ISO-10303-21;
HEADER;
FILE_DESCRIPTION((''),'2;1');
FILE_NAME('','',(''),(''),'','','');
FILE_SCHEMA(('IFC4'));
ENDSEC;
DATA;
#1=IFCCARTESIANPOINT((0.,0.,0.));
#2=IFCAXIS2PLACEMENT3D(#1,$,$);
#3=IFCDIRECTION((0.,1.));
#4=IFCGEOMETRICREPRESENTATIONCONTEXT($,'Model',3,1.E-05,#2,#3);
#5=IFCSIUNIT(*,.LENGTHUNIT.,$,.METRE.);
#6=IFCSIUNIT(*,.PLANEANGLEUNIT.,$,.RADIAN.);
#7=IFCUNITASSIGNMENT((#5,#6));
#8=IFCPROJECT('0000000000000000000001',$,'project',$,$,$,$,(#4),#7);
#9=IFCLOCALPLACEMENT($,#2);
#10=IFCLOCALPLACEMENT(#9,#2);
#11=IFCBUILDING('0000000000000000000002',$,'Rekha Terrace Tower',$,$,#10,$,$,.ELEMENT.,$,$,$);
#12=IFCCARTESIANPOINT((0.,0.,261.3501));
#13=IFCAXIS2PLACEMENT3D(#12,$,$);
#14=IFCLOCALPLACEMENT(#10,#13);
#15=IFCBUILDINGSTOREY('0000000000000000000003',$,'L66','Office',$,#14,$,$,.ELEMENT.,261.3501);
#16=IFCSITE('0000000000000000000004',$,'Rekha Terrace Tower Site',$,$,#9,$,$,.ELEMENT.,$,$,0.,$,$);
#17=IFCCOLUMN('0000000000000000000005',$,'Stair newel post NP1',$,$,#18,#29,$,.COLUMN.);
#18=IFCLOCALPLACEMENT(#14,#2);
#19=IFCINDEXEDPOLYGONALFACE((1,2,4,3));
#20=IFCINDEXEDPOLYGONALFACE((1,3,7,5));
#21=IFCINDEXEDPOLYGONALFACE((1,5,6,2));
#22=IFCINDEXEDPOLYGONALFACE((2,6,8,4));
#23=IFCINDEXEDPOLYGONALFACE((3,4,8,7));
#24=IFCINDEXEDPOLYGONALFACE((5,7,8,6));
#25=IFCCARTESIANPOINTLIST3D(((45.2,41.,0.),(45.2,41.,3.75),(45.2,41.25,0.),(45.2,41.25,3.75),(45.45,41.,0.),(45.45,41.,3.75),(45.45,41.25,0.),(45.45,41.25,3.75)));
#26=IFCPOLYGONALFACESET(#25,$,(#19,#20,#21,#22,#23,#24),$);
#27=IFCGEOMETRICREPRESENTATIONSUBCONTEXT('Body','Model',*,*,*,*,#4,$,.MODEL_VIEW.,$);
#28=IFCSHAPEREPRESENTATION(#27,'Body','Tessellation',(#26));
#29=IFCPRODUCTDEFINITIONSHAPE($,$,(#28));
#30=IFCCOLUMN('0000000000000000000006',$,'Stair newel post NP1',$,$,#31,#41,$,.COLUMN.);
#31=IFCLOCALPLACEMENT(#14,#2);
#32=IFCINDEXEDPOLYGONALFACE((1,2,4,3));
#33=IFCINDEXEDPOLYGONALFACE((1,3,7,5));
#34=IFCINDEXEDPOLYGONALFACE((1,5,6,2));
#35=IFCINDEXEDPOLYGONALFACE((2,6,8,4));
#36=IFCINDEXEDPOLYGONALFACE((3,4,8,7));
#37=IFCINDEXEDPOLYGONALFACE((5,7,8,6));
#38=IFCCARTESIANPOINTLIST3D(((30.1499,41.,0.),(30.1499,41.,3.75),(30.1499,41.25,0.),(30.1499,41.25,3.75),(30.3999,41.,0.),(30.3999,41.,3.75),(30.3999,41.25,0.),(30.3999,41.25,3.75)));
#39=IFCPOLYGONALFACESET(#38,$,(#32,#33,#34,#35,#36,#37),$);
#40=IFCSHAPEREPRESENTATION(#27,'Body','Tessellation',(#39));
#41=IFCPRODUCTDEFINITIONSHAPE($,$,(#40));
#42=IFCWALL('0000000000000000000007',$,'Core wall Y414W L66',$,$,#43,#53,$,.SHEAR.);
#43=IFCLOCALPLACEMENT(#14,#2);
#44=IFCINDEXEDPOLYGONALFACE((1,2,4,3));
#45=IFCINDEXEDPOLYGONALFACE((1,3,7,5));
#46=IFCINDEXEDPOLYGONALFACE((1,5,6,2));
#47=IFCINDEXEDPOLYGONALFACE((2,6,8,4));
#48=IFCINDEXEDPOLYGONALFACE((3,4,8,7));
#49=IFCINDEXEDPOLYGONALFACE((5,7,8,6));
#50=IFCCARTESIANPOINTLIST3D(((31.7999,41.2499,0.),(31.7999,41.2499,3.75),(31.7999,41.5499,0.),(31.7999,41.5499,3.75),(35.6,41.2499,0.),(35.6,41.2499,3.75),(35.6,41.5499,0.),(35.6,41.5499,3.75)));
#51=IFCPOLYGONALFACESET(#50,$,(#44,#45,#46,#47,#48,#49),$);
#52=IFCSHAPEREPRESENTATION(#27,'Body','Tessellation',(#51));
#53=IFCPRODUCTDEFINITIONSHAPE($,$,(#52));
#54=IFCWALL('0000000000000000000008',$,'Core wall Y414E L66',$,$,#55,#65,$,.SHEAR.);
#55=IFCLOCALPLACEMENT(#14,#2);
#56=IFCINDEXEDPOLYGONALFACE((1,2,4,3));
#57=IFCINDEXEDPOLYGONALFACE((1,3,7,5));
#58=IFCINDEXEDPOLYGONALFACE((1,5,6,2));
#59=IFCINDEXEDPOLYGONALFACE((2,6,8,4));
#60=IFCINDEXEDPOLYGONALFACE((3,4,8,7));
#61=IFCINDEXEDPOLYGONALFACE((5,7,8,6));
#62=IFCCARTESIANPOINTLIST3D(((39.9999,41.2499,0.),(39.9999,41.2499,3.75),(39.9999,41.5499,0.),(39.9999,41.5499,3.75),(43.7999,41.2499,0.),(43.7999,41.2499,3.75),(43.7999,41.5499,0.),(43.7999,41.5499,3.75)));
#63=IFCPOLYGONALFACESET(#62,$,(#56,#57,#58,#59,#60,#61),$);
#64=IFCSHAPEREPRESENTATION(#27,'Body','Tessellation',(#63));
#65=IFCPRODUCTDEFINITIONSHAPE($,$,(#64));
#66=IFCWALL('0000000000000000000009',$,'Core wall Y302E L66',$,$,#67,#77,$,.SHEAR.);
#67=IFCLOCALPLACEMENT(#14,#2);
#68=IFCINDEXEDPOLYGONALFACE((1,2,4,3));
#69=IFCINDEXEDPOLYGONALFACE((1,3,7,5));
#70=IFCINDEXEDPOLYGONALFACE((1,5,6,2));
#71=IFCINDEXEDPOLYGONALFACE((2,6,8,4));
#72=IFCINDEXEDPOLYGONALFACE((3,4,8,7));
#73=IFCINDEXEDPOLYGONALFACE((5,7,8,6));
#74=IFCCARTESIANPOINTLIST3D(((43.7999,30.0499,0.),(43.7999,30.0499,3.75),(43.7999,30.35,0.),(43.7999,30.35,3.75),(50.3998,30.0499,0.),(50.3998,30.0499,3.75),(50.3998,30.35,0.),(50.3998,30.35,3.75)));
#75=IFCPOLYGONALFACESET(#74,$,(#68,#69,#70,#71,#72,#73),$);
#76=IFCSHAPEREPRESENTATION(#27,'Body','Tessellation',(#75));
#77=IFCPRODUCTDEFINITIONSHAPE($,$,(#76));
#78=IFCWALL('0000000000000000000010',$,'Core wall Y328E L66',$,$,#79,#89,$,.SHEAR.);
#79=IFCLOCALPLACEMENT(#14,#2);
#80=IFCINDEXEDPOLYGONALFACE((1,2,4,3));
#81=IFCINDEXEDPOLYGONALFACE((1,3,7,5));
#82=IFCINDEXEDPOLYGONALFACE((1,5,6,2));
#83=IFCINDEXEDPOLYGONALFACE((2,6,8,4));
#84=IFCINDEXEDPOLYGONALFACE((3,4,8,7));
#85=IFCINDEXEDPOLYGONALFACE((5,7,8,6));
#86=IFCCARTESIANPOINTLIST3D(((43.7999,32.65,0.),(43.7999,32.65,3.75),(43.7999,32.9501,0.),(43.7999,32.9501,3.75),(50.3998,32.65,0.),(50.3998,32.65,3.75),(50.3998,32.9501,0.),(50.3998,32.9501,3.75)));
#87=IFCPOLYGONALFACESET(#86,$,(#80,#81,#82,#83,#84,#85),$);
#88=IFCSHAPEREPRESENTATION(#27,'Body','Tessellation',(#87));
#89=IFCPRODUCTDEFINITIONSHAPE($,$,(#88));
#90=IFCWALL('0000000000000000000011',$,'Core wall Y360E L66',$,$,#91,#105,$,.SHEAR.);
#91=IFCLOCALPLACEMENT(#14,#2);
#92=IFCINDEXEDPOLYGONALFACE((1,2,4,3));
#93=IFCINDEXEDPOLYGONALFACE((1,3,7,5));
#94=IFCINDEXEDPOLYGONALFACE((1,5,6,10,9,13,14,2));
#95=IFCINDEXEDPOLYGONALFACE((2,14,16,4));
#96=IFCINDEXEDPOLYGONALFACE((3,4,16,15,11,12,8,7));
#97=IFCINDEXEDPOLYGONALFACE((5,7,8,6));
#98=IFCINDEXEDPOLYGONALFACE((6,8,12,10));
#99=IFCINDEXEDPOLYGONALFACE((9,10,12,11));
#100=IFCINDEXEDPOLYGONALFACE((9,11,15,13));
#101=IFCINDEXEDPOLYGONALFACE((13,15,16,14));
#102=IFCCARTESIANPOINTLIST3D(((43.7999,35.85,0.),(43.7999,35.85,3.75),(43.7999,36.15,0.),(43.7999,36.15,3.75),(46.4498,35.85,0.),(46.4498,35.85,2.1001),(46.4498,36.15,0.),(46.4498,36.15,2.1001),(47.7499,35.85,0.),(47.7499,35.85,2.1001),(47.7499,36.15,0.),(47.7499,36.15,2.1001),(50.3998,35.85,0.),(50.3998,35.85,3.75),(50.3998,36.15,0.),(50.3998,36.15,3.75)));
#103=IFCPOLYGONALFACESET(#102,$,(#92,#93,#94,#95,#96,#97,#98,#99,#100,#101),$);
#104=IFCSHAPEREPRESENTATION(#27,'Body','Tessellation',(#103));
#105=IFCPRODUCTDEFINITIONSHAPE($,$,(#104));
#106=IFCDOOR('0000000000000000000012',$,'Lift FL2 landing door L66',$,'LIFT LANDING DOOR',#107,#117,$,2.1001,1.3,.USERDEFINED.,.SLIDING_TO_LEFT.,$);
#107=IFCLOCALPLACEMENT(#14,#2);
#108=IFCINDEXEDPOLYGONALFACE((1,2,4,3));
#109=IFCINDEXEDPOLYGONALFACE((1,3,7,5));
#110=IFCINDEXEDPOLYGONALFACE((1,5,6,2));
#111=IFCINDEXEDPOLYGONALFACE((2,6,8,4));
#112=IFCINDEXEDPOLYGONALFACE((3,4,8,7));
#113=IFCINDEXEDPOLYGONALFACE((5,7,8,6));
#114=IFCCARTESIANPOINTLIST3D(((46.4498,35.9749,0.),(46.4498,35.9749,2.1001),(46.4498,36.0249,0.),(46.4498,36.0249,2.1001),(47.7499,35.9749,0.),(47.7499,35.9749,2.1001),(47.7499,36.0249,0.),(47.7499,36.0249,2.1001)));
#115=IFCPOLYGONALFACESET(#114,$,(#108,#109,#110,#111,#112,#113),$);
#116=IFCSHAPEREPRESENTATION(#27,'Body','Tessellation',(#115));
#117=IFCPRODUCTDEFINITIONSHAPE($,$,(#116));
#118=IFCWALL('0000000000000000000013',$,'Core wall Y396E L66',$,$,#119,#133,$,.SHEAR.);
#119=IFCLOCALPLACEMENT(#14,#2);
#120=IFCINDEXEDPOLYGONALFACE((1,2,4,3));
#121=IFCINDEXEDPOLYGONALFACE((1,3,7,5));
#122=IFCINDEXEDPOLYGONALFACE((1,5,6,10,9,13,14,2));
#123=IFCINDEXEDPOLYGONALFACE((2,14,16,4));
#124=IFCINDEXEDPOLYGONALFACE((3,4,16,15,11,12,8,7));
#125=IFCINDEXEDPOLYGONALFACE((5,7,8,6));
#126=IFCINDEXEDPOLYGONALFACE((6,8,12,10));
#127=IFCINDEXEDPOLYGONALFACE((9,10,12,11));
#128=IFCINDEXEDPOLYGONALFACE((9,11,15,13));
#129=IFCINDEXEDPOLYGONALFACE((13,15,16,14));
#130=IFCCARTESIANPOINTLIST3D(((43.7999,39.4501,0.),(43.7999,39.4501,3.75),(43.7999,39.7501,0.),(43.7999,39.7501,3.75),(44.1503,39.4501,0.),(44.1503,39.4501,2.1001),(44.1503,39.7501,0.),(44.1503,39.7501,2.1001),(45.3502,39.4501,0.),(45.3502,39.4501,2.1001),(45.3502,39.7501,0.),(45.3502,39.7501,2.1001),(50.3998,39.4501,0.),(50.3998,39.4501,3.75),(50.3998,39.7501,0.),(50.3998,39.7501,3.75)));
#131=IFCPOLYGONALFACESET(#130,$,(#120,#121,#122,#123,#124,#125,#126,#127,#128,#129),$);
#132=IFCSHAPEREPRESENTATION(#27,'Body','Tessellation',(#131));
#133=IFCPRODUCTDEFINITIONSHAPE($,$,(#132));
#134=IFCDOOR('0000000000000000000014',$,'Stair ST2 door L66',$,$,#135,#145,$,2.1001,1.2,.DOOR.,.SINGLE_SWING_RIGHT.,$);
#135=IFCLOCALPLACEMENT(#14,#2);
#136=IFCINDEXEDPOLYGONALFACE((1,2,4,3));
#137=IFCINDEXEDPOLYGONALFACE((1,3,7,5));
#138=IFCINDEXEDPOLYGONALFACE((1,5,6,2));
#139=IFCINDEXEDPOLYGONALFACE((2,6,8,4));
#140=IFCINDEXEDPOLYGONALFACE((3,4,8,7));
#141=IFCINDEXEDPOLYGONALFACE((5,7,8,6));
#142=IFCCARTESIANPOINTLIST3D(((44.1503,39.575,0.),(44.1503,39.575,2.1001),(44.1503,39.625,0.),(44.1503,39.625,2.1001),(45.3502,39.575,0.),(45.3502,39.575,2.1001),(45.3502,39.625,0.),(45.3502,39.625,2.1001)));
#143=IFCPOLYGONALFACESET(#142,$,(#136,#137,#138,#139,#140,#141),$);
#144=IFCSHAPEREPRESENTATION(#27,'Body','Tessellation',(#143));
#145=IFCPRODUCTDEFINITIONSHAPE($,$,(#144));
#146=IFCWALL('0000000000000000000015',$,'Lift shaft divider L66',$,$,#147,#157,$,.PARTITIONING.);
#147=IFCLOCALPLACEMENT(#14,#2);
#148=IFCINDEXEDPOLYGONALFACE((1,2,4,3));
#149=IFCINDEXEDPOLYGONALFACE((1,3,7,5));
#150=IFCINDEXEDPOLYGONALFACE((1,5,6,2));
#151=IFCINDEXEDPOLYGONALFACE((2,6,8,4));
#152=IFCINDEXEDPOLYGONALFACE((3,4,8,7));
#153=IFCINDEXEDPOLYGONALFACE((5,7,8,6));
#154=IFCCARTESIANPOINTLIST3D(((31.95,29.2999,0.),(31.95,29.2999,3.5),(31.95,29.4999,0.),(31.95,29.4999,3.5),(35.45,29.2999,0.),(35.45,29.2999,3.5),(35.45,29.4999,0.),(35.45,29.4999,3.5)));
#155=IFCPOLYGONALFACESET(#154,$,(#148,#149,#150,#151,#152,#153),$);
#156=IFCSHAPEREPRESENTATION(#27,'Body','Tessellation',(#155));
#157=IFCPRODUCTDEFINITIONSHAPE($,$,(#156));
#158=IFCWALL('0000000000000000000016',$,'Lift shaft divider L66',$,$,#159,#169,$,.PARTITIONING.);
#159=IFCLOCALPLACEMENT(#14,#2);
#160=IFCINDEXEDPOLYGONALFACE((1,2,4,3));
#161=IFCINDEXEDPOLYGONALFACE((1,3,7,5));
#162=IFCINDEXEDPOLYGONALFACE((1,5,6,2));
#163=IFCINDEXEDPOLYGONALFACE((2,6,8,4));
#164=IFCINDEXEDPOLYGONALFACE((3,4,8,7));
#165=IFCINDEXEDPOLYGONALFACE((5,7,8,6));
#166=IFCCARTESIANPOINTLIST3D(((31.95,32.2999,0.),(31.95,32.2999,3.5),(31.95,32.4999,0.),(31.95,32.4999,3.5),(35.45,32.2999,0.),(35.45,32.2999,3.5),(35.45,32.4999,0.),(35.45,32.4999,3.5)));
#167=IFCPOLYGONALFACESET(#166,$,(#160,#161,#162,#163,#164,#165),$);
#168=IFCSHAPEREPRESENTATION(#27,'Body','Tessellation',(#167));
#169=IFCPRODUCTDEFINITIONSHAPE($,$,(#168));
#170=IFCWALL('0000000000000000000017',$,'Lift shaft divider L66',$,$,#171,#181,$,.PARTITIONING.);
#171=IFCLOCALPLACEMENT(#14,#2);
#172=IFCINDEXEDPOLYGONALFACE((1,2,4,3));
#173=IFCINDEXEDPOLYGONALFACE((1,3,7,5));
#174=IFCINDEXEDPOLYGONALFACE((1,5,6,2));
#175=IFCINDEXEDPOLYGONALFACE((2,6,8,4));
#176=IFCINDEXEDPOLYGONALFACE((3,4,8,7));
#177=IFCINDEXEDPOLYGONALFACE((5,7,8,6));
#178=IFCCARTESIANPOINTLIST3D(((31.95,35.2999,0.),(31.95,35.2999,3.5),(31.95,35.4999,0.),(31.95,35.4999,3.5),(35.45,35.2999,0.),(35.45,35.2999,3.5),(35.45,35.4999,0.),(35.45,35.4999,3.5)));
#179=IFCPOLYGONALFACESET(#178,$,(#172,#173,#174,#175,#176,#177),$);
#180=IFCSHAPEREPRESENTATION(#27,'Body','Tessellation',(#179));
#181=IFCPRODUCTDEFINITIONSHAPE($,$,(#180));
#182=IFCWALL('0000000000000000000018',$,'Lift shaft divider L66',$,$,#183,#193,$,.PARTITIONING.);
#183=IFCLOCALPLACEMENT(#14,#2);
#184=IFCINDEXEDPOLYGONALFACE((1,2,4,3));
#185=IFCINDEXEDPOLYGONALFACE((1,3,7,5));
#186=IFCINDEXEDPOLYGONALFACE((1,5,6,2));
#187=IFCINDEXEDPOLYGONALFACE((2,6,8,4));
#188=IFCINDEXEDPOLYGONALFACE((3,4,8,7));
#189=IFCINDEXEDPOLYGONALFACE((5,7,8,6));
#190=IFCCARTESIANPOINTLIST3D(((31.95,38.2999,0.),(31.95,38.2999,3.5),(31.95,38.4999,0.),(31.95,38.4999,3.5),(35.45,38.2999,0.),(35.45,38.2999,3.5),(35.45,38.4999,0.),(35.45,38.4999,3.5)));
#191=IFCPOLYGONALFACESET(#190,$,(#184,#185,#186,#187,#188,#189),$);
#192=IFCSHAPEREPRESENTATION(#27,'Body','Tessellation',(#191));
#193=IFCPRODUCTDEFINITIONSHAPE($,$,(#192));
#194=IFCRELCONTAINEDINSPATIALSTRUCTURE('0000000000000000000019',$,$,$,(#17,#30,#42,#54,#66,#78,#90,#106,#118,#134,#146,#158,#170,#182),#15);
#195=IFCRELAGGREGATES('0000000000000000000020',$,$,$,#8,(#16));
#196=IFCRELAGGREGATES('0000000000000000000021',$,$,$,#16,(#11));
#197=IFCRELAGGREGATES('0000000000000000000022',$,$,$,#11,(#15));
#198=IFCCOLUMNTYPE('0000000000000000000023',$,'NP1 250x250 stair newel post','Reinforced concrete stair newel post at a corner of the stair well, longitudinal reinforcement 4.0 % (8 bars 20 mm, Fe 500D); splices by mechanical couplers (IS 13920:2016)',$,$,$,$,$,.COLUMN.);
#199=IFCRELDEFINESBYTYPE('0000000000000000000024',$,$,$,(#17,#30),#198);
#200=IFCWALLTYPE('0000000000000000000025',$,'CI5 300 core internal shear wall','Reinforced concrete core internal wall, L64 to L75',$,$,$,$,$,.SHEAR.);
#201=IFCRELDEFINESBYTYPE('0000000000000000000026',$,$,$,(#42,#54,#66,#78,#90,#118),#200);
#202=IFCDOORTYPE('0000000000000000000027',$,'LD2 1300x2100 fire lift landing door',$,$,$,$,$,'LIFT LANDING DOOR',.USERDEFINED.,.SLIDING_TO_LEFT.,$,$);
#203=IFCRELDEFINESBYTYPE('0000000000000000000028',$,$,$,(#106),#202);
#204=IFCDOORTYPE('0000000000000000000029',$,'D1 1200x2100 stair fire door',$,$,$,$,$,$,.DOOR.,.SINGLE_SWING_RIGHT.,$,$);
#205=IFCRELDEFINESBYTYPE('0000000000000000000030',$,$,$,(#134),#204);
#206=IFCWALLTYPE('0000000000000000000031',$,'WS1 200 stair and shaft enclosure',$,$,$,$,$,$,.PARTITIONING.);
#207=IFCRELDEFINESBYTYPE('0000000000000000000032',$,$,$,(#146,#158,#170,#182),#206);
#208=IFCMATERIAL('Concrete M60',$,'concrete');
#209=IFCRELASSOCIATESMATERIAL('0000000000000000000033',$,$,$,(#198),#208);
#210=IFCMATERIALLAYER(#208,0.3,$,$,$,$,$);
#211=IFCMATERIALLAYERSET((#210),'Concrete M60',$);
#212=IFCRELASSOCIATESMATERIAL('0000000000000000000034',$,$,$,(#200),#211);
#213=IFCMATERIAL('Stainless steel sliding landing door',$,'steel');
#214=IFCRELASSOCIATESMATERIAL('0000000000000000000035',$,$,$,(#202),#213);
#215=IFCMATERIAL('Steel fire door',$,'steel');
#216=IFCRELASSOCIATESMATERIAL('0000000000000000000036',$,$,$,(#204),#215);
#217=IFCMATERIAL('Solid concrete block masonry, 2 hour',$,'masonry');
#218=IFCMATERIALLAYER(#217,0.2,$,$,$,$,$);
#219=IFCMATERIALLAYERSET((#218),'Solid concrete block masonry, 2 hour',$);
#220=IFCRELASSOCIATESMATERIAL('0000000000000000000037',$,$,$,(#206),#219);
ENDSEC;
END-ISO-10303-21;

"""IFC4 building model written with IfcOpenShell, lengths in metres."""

from ifc_helpers import new_model, si_unit, direction, frame, frame_2d, origin, origin_2d, place, context, subcontext, project, spatial, rectangle, extrude, material, layer, layer_set, material_profile, profile_set, type_object, element, fill, save


model = new_model("IFC4")

# Units and contexts
model_context = context("Model", 3, precision=1e-05, world=origin(), true_north=direction((0.0, 1.0)))
body_context = subcontext(model_context, "Body", "Model", "MODEL_VIEW")
ifc_project = project(units=[si_unit("LENGTHUNIT", "METRE"), si_unit("PLANEANGLEUNIT", "RADIAN")], contexts=[model_context])

# Site, building, storey
site_placement = place(None, origin())
site = spatial("IfcSite", under=ifc_project, at=site_placement, Name="Rekha Terrace Tower Site", CompositionType="ELEMENT", RefElevation=0.0)
building_placement = place(site_placement, origin())
building = spatial("IfcBuilding", under=site, at=building_placement, Name="Rekha Terrace Tower", CompositionType="ELEMENT")
storey_placement = place(building_placement, frame((0.0, 0.0, 261.3501)))
storey = spatial("IfcBuildingStorey", under=building, at=storey_placement, Name="L66", Description="Office", CompositionType="ELEMENT", Elevation=261.3501)

# Columns
ifc_material_1 = material(Name="Concrete M60", Category="concrete")
ifc_material_profile = material_profile(ifc_material_1, rectangle(XDim=0.25, YDim=0.25, at=origin_2d()), Name="RC 250x250")
ifc_profile_set = profile_set([ifc_material_profile], Name="Concrete M60")
column_type = type_object("IfcColumnType", Name="NP1 250x250 stair newel post", Description="Reinforced concrete stair newel post at a corner of the stair well, longitudinal reinforcement 4.0 % (8 bars 20 mm, Fe 500D); splices by mechanical couplers (IS 13920:2016)", PredefinedType="COLUMN", material=ifc_profile_set)
for number, where, z_axis, x_axis, name in (
    (1, (45.325, 41.125, 0.0), (0.0, 0.0, 1.0), (1.0, 0.0, 0.0), "Stair newel post NP1"),
    (2, (30.2749, 41.125, 0.0), (0.0, 0.0, 1.0), (1.0, 0.0, 0.0), "Stair newel post NP1"),
):
    element("IfcColumn", number, at=place(storey_placement, frame(where, z_axis=z_axis, x_axis=x_axis)), inside=storey, type_object=column_type, Name=name, PredefinedType="COLUMN", context=body_context, shape_type="SweptSolid", body=[
        extrude(rectangle(XDim=0.25, YDim=0.25, at=origin_2d()), origin(), (0.0, 0.0, 1.0), 3.75),
    ])

# Walls
ifc_layer_1 = layer(ifc_material_1, 0.3)
ifc_layer_set_1 = layer_set([ifc_layer_1], Name="Concrete M60")
wall_type_1 = type_object("IfcWallType", Name="CI5 300 core internal shear wall", Description="Reinforced concrete core internal wall, L64 to L75", PredefinedType="SHEAR", material=ifc_layer_set_1)
for number, where, z_axis, x_axis, name in (
    (3, (31.8, 41.3999, 0.0), (0.0, 0.0, 1.0), (1.0, 0.0, 0.0), "Core wall Y414W L66"),
    (4, (40.0, 41.3999, 0.0), (0.0, 0.0, 1.0), (1.0, 0.0, 0.0), "Core wall Y414E L66"),
):
    element("IfcWall", number, at=place(storey_placement, frame(where, z_axis=z_axis, x_axis=x_axis)), inside=storey, type_object=wall_type_1, Name=name, PredefinedType="SHEAR", context=body_context, shape_type="SweptSolid", body=[
        extrude(rectangle(XDim=3.8, YDim=0.3, at=frame_2d((1.8999, 0.0))), origin(), (0.0, 0.0, 1.0), 3.75),
    ])
for number, where, z_axis, x_axis, name in (
    (5, (43.8, 30.2, 0.0), (0.0, 0.0, 1.0), (1.0, 0.0, 0.0), "Core wall Y302E L66"),
    (6, (43.8, 32.8, 0.0), (0.0, 0.0, 1.0), (1.0, 0.0, 0.0), "Core wall Y328E L66"),
):
    element("IfcWall", number, at=place(storey_placement, frame(where, z_axis=z_axis, x_axis=x_axis)), inside=storey, type_object=wall_type_1, Name=name, PredefinedType="SHEAR", context=body_context, shape_type="SweptSolid", body=[
        extrude(rectangle(XDim=6.5999, YDim=0.3, at=frame_2d((3.2998, 0.0))), origin(), (0.0, 0.0, 1.0), 3.75),
    ])

# Walls, openings, doors
wall_1_placement = place(storey_placement, frame((43.8, 36.0, 0.0), z_axis=(0.0, 0.0, 1.0), x_axis=(1.0, 0.0, 0.0)))
wall_1 = element("IfcWall", 7, at=wall_1_placement, inside=storey, type_object=wall_type_1, Name="Core wall Y360E L66", PredefinedType="SHEAR", context=body_context, shape_type="SweptSolid", body=[
    extrude(rectangle(XDim=6.5999, YDim=0.3, at=frame_2d((3.2998, 0.0))), origin(), (0.0, 0.0, 1.0), 3.75),
])
opening_1_placement = place(wall_1_placement, frame((2.6499, 0.0, 0.0)))
opening_1 = element("IfcOpeningElement", 8, at=opening_1_placement, cuts=wall_1, PredefinedType="OPENING", context=body_context, shape_type="SweptSolid", body=[
    extrude(rectangle(XDim=1.3, YDim=2.1001, at=frame_2d((0.6499, 1.05))), frame((0.0, 0.1599, 0.0), z_axis=(0.0, -1.0, 0.0), x_axis=(1.0, 0.0, 0.0)), (0.0, 0.0, 1.0), 0.3201),
])
ifc_material_2 = material(Name="Stainless steel sliding landing door", Category="steel")
door_type_1 = type_object("IfcDoorType", Name="LD2 1300x2100 fire lift landing door", ElementType="LIFT LANDING DOOR", OperationType="SLIDING_TO_LEFT", PredefinedType="USERDEFINED", material=ifc_material_2)
door_1_placement = place(opening_1_placement, origin())
door_1 = element("IfcDoor", 9, at=door_1_placement, inside=storey, type_object=door_type_1, Name="Lift FL2 landing door L66", ObjectType="LIFT LANDING DOOR", OperationType="SLIDING_TO_LEFT", OverallHeight=2.1001, OverallWidth=1.3, PredefinedType="USERDEFINED", context=body_context, shape_type="SweptSolid", body=[
    extrude(rectangle(XDim=1.3, YDim=2.1001, at=frame_2d((0.6499, 1.05))), frame((0.0, 0.0249, 0.0), z_axis=(0.0, -1.0, 0.0), x_axis=(1.0, 0.0, 0.0)), (0.0, 0.0, 1.0), 0.05),
])
fill(opening_1, door_1)
wall_2_placement = place(storey_placement, frame((43.8, 39.6001, 0.0), z_axis=(0.0, 0.0, 1.0), x_axis=(1.0, 0.0, 0.0)))
wall_2 = element("IfcWall", 10, at=wall_2_placement, inside=storey, type_object=wall_type_1, Name="Core wall Y396E L66", PredefinedType="SHEAR", context=body_context, shape_type="SweptSolid", body=[
    extrude(rectangle(XDim=6.5999, YDim=0.3, at=frame_2d((3.2998, 0.0))), origin(), (0.0, 0.0, 1.0), 3.75),
])
opening_2_placement = place(wall_2_placement, frame((0.3501, 0.0, 0.0)))
opening_2 = element("IfcOpeningElement", 11, at=opening_2_placement, cuts=wall_2, PredefinedType="OPENING", context=body_context, shape_type="SweptSolid", body=[
    extrude(rectangle(XDim=1.2, YDim=2.1001, at=frame_2d((0.6001, 1.05))), frame((0.0, 0.1599, 0.0), z_axis=(0.0, -1.0, 0.0), x_axis=(1.0, 0.0, 0.0)), (0.0, 0.0, 1.0), 0.3201),
])
ifc_material_3 = material(Name="Steel fire door", Category="steel")
door_type_2 = type_object("IfcDoorType", Name="D1 1200x2100 stair fire door", OperationType="SINGLE_SWING_RIGHT", PredefinedType="DOOR", material=ifc_material_3)
door_2_placement = place(opening_2_placement, origin())
door_2 = element("IfcDoor", 12, at=door_2_placement, inside=storey, type_object=door_type_2, Name="Stair ST2 door L66", OperationType="SINGLE_SWING_RIGHT", OverallHeight=2.1001, OverallWidth=1.2, PredefinedType="DOOR", context=body_context, shape_type="SweptSolid", body=[
    extrude(rectangle(XDim=1.2, YDim=2.1001, at=frame_2d((0.6001, 1.05))), frame((0.0, 0.0249, 0.0), z_axis=(0.0, -1.0, 0.0), x_axis=(1.0, 0.0, 0.0)), (0.0, 0.0, 1.0), 0.05),
])
fill(opening_2, door_2)

# Walls
ifc_material_4 = material(Name="Solid concrete block masonry, 2 hour", Category="masonry")
ifc_layer_2 = layer(ifc_material_4, 0.2)
ifc_layer_set_2 = layer_set([ifc_layer_2], Name="Solid concrete block masonry, 2 hour")
wall_type_2 = type_object("IfcWallType", Name="WS1 200 stair and shaft enclosure", PredefinedType="PARTITIONING", material=ifc_layer_set_2)
for number, where, z_axis, x_axis, name in (
    (13, (31.95, 29.3999, 0.0), (0.0, 0.0, 1.0), (1.0, 0.0, 0.0), "Lift shaft divider L66"),
    (14, (31.95, 32.3999, 0.0), (0.0, 0.0, 1.0), (1.0, 0.0, 0.0), "Lift shaft divider L66"),
    (15, (31.95, 35.3999, 0.0), (0.0, 0.0, 1.0), (1.0, 0.0, 0.0), "Lift shaft divider L66"),
    (16, (31.95, 38.3999, 0.0), (0.0, 0.0, 1.0), (1.0, 0.0, 0.0), "Lift shaft divider L66"),
):
    element("IfcWall", number, at=place(storey_placement, frame(where, z_axis=z_axis, x_axis=x_axis)), inside=storey, type_object=wall_type_2, Name=name, PredefinedType="PARTITIONING", context=body_context, shape_type="SweptSolid", body=[
        extrude(rectangle(XDim=3.5, YDim=0.2, at=frame_2d((1.75, 0.0))), origin(), (0.0, 0.0, 1.0), 3.5),
    ])

save(model, "model.ifc")
